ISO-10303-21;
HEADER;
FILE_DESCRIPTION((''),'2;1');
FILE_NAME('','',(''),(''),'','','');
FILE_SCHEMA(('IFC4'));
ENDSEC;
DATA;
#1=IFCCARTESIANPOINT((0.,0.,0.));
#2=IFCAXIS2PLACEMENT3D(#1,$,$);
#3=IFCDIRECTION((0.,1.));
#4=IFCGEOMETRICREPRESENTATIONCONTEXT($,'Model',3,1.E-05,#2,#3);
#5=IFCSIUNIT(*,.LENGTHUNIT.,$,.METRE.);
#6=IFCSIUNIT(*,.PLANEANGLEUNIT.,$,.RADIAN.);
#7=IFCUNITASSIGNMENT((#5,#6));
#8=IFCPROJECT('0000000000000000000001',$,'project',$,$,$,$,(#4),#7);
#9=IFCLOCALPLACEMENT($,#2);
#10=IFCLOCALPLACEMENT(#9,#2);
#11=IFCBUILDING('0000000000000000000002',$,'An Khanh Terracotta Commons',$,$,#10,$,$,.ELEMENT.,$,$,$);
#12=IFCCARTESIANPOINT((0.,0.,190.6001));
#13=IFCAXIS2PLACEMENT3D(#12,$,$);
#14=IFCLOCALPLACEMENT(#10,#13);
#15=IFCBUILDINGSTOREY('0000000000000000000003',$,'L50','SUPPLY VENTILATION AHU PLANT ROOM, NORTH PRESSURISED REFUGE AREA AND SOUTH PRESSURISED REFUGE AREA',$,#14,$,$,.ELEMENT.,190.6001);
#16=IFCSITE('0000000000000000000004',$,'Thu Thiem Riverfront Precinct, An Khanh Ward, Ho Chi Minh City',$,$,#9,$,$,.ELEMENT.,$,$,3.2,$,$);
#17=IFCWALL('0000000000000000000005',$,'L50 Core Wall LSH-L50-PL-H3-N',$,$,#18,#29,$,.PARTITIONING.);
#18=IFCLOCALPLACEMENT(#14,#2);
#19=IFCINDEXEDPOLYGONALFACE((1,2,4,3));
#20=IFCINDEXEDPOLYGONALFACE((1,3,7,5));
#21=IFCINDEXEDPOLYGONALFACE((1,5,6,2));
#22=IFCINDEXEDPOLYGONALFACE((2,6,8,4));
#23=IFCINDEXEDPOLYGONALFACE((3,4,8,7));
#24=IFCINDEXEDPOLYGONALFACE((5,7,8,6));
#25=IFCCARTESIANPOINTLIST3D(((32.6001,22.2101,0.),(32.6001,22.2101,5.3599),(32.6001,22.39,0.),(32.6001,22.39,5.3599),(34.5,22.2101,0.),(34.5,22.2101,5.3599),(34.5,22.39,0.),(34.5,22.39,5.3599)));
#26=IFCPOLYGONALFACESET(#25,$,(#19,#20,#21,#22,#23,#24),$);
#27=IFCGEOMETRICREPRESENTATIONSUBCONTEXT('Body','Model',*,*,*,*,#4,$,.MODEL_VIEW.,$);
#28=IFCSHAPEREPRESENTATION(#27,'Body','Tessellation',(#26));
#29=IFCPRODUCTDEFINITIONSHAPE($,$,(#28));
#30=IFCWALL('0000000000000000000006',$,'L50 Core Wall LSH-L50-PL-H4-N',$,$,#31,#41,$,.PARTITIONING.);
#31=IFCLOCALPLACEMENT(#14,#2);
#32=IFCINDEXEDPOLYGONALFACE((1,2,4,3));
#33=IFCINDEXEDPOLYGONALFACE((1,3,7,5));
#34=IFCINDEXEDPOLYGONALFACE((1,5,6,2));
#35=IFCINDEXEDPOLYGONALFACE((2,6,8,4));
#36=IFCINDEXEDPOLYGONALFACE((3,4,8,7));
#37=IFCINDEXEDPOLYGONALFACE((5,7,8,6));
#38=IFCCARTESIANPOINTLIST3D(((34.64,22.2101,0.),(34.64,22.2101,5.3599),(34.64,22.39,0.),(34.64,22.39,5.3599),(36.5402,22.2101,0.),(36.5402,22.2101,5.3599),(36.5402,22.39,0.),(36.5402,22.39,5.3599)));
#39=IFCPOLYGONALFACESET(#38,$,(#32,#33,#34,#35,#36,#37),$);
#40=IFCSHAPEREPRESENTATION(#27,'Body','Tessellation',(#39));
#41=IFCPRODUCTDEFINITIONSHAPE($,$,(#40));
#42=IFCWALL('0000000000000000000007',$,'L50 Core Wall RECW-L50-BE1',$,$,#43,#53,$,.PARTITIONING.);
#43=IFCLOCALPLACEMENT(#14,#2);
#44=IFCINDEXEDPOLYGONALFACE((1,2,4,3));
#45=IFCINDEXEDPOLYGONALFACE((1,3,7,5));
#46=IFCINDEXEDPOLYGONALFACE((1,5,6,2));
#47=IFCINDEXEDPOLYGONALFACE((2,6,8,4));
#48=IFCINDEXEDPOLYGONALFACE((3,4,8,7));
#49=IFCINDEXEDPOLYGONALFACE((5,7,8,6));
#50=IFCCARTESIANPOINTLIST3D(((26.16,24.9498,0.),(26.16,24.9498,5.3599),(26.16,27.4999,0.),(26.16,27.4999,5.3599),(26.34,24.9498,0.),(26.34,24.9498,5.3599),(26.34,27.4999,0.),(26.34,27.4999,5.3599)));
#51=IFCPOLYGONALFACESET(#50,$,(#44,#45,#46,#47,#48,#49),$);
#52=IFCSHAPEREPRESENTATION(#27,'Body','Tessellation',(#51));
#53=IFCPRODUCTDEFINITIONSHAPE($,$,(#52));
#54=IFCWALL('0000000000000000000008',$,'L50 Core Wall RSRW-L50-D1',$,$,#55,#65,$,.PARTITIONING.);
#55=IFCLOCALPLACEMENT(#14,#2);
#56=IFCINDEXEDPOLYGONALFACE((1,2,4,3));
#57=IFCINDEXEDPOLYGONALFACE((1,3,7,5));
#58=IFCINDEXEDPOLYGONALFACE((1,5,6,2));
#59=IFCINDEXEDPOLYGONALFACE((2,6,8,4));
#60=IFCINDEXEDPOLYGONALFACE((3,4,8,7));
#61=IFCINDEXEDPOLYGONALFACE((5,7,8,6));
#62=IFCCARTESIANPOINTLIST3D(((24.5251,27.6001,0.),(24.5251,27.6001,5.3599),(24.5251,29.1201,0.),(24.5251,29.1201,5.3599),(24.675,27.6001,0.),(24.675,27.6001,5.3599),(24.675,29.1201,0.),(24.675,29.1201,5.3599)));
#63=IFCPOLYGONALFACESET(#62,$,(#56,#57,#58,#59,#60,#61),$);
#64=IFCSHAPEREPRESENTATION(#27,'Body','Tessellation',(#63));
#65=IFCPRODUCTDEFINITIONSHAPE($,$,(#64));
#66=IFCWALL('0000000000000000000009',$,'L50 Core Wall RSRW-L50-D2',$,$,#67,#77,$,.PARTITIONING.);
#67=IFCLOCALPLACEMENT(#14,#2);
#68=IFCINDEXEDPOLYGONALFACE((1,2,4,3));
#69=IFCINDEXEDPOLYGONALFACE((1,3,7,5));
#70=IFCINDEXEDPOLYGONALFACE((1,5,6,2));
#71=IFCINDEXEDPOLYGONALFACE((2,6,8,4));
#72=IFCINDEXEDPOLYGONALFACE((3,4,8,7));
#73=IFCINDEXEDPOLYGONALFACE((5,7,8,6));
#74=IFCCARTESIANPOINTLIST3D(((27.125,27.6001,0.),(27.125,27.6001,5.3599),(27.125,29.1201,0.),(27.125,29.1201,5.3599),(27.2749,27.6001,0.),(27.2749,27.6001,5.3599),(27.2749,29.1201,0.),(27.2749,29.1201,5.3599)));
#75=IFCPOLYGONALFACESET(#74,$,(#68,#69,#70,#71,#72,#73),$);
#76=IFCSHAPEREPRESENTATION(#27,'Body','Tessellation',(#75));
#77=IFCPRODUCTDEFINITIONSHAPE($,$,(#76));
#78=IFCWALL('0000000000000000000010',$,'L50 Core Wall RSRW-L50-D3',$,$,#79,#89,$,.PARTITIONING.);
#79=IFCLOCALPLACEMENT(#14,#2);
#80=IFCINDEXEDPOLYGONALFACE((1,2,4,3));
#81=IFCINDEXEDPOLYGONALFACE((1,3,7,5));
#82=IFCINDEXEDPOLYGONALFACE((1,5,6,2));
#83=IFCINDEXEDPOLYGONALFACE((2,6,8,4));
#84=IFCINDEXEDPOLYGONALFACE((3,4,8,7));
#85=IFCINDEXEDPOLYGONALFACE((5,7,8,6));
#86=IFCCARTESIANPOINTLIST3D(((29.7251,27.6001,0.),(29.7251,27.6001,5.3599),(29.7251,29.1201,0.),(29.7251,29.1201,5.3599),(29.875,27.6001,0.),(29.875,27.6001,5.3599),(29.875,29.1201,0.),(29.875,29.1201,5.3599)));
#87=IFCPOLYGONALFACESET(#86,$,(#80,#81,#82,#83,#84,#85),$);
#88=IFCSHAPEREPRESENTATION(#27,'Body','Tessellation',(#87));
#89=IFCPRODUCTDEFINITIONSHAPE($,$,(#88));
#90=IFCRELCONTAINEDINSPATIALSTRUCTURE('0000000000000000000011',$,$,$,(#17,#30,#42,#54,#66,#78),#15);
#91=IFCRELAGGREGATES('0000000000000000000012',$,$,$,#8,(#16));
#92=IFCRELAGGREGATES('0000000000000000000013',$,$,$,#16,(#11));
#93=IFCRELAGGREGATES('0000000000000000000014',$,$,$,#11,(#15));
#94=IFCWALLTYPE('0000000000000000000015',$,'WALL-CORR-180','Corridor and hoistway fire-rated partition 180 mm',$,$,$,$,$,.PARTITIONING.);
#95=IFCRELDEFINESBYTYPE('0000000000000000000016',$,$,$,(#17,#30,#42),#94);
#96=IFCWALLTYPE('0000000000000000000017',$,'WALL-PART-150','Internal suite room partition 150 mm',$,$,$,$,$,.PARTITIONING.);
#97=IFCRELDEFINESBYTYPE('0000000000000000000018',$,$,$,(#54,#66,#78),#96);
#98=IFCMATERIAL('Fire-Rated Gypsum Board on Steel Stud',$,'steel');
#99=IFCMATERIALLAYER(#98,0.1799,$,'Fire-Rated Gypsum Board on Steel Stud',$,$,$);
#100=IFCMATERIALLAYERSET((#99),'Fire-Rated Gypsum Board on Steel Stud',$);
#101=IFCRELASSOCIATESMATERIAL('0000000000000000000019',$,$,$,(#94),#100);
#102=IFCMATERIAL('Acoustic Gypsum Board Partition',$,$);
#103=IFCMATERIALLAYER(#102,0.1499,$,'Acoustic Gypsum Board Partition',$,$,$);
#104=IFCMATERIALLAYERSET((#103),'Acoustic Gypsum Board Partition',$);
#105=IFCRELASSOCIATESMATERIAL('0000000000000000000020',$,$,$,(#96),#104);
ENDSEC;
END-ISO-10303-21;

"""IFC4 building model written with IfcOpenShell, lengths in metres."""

from ifc_helpers import new_model, si_unit, direction, frame, frame_2d, origin, place, context, subcontext, project, spatial, rectangle, extrude, material, layer, layer_set, type_object, element, save


model = new_model("IFC4")

# Units and contexts
model_context = context("Model", 3, precision=1e-05, world=origin(), true_north=direction((0.0, 1.0)))
body_context = subcontext(model_context, "Body", "Model", "MODEL_VIEW")
ifc_project = project(units=[si_unit("LENGTHUNIT", "METRE"), si_unit("PLANEANGLEUNIT", "RADIAN")], contexts=[model_context])

# Site, building, storey
site_placement = place(None, origin())
site = spatial("IfcSite", under=ifc_project, at=site_placement, Name="Thu Thiem Riverfront Precinct, An Khanh Ward, Ho Chi Minh City", CompositionType="ELEMENT", RefElevation=3.2)
building_placement = place(site_placement, origin())
building = spatial("IfcBuilding", under=site, at=building_placement, Name="An Khanh Terracotta Commons", CompositionType="ELEMENT")
storey_placement = place(building_placement, frame((0.0, 0.0, 190.6001)))
storey = spatial("IfcBuildingStorey", under=building, at=storey_placement, Name="L50", Description="SUPPLY VENTILATION AHU PLANT ROOM, NORTH PRESSURISED REFUGE AREA AND SOUTH PRESSURISED REFUGE AREA", CompositionType="ELEMENT", Elevation=190.6001)

# Shared definitions
ifc_material_1 = material(Name="Fire-Rated Gypsum Board on Steel Stud", Category="steel")
ifc_layer_1 = layer(ifc_material_1, 0.1799, Name="Fire-Rated Gypsum Board on Steel Stud")
ifc_layer_set_1 = layer_set([ifc_layer_1], Name="Fire-Rated Gypsum Board on Steel Stud")
wall_type_1 = type_object("IfcWallType", Name="WALL-CORR-180", Description="Corridor and hoistway fire-rated partition 180 mm", PredefinedType="PARTITIONING", material=ifc_layer_set_1)

# Walls
wall_1_placement = place(storey_placement, frame((32.6001, 22.3, 0.0), z_axis=(0.0, 0.0, 1.0), x_axis=(1.0, 0.0, 0.0)))
element("IfcWall", 1, at=wall_1_placement, inside=storey, type_object=wall_type_1, Name="L50 Core Wall LSH-L50-PL-H3-N", PredefinedType="PARTITIONING", context=body_context, shape_type="SweptSolid", body=[
    extrude(rectangle(XDim=1.8999, YDim=0.1799, at=frame_2d((0.95, 0.0))), origin(), (0.0, 0.0, 1.0), 5.3599),
])
wall_2_placement = place(storey_placement, frame((34.6399, 22.3, 0.0), z_axis=(0.0, 0.0, 1.0), x_axis=(1.0, 0.0, 0.0)))
element("IfcWall", 2, at=wall_2_placement, inside=storey, type_object=wall_type_1, Name="L50 Core Wall LSH-L50-PL-H4-N", PredefinedType="PARTITIONING", context=body_context, shape_type="SweptSolid", body=[
    extrude(rectangle(XDim=1.9001, YDim=0.1799, at=frame_2d((0.9502, 0.0))), origin(), (0.0, 0.0, 1.0), 5.3599),
])
wall_3_placement = place(storey_placement, frame((26.25, 24.95, 0.0), z_axis=(0.0, 0.0, 1.0), x_axis=(0.0, 1.0, 0.0)))
element("IfcWall", 3, at=wall_3_placement, inside=storey, type_object=wall_type_1, Name="L50 Core Wall RECW-L50-BE1", PredefinedType="PARTITIONING", context=body_context, shape_type="SweptSolid", body=[
    extrude(rectangle(XDim=2.55, YDim=0.1799, at=frame_2d((1.2749, 0.0))), origin(), (0.0, 0.0, 1.0), 5.3599),
])
ifc_material_2 = material(Name="Acoustic Gypsum Board Partition")
ifc_layer_2 = layer(ifc_material_2, 0.1499, Name="Acoustic Gypsum Board Partition")
ifc_layer_set_2 = layer_set([ifc_layer_2], Name="Acoustic Gypsum Board Partition")
wall_type_2 = type_object("IfcWallType", Name="WALL-PART-150", Description="Internal suite room partition 150 mm", PredefinedType="PARTITIONING", material=ifc_layer_set_2)
for number, where, z_axis, x_axis, name in (
    (4, (24.6001, 27.6001, 0.0), (0.0, 0.0, 1.0), (0.0, 1.0, 0.0), "L50 Core Wall RSRW-L50-D1"),
    (5, (27.2, 27.6001, 0.0), (0.0, 0.0, 1.0), (0.0, 1.0, 0.0), "L50 Core Wall RSRW-L50-D2"),
    (6, (29.8, 27.6001, 0.0), (0.0, 0.0, 1.0), (0.0, 1.0, 0.0), "L50 Core Wall RSRW-L50-D3"),
):
    element("IfcWall", number, at=place(storey_placement, frame(where, z_axis=z_axis, x_axis=x_axis)), inside=storey, type_object=wall_type_2, Name=name, PredefinedType="PARTITIONING", context=body_context, shape_type="SweptSolid", body=[
        extrude(rectangle(XDim=1.52, YDim=0.1499, at=frame_2d((0.76, 0.0))), origin(), (0.0, 0.0, 1.0), 5.3599),
    ])

save(model, "model.ifc")
